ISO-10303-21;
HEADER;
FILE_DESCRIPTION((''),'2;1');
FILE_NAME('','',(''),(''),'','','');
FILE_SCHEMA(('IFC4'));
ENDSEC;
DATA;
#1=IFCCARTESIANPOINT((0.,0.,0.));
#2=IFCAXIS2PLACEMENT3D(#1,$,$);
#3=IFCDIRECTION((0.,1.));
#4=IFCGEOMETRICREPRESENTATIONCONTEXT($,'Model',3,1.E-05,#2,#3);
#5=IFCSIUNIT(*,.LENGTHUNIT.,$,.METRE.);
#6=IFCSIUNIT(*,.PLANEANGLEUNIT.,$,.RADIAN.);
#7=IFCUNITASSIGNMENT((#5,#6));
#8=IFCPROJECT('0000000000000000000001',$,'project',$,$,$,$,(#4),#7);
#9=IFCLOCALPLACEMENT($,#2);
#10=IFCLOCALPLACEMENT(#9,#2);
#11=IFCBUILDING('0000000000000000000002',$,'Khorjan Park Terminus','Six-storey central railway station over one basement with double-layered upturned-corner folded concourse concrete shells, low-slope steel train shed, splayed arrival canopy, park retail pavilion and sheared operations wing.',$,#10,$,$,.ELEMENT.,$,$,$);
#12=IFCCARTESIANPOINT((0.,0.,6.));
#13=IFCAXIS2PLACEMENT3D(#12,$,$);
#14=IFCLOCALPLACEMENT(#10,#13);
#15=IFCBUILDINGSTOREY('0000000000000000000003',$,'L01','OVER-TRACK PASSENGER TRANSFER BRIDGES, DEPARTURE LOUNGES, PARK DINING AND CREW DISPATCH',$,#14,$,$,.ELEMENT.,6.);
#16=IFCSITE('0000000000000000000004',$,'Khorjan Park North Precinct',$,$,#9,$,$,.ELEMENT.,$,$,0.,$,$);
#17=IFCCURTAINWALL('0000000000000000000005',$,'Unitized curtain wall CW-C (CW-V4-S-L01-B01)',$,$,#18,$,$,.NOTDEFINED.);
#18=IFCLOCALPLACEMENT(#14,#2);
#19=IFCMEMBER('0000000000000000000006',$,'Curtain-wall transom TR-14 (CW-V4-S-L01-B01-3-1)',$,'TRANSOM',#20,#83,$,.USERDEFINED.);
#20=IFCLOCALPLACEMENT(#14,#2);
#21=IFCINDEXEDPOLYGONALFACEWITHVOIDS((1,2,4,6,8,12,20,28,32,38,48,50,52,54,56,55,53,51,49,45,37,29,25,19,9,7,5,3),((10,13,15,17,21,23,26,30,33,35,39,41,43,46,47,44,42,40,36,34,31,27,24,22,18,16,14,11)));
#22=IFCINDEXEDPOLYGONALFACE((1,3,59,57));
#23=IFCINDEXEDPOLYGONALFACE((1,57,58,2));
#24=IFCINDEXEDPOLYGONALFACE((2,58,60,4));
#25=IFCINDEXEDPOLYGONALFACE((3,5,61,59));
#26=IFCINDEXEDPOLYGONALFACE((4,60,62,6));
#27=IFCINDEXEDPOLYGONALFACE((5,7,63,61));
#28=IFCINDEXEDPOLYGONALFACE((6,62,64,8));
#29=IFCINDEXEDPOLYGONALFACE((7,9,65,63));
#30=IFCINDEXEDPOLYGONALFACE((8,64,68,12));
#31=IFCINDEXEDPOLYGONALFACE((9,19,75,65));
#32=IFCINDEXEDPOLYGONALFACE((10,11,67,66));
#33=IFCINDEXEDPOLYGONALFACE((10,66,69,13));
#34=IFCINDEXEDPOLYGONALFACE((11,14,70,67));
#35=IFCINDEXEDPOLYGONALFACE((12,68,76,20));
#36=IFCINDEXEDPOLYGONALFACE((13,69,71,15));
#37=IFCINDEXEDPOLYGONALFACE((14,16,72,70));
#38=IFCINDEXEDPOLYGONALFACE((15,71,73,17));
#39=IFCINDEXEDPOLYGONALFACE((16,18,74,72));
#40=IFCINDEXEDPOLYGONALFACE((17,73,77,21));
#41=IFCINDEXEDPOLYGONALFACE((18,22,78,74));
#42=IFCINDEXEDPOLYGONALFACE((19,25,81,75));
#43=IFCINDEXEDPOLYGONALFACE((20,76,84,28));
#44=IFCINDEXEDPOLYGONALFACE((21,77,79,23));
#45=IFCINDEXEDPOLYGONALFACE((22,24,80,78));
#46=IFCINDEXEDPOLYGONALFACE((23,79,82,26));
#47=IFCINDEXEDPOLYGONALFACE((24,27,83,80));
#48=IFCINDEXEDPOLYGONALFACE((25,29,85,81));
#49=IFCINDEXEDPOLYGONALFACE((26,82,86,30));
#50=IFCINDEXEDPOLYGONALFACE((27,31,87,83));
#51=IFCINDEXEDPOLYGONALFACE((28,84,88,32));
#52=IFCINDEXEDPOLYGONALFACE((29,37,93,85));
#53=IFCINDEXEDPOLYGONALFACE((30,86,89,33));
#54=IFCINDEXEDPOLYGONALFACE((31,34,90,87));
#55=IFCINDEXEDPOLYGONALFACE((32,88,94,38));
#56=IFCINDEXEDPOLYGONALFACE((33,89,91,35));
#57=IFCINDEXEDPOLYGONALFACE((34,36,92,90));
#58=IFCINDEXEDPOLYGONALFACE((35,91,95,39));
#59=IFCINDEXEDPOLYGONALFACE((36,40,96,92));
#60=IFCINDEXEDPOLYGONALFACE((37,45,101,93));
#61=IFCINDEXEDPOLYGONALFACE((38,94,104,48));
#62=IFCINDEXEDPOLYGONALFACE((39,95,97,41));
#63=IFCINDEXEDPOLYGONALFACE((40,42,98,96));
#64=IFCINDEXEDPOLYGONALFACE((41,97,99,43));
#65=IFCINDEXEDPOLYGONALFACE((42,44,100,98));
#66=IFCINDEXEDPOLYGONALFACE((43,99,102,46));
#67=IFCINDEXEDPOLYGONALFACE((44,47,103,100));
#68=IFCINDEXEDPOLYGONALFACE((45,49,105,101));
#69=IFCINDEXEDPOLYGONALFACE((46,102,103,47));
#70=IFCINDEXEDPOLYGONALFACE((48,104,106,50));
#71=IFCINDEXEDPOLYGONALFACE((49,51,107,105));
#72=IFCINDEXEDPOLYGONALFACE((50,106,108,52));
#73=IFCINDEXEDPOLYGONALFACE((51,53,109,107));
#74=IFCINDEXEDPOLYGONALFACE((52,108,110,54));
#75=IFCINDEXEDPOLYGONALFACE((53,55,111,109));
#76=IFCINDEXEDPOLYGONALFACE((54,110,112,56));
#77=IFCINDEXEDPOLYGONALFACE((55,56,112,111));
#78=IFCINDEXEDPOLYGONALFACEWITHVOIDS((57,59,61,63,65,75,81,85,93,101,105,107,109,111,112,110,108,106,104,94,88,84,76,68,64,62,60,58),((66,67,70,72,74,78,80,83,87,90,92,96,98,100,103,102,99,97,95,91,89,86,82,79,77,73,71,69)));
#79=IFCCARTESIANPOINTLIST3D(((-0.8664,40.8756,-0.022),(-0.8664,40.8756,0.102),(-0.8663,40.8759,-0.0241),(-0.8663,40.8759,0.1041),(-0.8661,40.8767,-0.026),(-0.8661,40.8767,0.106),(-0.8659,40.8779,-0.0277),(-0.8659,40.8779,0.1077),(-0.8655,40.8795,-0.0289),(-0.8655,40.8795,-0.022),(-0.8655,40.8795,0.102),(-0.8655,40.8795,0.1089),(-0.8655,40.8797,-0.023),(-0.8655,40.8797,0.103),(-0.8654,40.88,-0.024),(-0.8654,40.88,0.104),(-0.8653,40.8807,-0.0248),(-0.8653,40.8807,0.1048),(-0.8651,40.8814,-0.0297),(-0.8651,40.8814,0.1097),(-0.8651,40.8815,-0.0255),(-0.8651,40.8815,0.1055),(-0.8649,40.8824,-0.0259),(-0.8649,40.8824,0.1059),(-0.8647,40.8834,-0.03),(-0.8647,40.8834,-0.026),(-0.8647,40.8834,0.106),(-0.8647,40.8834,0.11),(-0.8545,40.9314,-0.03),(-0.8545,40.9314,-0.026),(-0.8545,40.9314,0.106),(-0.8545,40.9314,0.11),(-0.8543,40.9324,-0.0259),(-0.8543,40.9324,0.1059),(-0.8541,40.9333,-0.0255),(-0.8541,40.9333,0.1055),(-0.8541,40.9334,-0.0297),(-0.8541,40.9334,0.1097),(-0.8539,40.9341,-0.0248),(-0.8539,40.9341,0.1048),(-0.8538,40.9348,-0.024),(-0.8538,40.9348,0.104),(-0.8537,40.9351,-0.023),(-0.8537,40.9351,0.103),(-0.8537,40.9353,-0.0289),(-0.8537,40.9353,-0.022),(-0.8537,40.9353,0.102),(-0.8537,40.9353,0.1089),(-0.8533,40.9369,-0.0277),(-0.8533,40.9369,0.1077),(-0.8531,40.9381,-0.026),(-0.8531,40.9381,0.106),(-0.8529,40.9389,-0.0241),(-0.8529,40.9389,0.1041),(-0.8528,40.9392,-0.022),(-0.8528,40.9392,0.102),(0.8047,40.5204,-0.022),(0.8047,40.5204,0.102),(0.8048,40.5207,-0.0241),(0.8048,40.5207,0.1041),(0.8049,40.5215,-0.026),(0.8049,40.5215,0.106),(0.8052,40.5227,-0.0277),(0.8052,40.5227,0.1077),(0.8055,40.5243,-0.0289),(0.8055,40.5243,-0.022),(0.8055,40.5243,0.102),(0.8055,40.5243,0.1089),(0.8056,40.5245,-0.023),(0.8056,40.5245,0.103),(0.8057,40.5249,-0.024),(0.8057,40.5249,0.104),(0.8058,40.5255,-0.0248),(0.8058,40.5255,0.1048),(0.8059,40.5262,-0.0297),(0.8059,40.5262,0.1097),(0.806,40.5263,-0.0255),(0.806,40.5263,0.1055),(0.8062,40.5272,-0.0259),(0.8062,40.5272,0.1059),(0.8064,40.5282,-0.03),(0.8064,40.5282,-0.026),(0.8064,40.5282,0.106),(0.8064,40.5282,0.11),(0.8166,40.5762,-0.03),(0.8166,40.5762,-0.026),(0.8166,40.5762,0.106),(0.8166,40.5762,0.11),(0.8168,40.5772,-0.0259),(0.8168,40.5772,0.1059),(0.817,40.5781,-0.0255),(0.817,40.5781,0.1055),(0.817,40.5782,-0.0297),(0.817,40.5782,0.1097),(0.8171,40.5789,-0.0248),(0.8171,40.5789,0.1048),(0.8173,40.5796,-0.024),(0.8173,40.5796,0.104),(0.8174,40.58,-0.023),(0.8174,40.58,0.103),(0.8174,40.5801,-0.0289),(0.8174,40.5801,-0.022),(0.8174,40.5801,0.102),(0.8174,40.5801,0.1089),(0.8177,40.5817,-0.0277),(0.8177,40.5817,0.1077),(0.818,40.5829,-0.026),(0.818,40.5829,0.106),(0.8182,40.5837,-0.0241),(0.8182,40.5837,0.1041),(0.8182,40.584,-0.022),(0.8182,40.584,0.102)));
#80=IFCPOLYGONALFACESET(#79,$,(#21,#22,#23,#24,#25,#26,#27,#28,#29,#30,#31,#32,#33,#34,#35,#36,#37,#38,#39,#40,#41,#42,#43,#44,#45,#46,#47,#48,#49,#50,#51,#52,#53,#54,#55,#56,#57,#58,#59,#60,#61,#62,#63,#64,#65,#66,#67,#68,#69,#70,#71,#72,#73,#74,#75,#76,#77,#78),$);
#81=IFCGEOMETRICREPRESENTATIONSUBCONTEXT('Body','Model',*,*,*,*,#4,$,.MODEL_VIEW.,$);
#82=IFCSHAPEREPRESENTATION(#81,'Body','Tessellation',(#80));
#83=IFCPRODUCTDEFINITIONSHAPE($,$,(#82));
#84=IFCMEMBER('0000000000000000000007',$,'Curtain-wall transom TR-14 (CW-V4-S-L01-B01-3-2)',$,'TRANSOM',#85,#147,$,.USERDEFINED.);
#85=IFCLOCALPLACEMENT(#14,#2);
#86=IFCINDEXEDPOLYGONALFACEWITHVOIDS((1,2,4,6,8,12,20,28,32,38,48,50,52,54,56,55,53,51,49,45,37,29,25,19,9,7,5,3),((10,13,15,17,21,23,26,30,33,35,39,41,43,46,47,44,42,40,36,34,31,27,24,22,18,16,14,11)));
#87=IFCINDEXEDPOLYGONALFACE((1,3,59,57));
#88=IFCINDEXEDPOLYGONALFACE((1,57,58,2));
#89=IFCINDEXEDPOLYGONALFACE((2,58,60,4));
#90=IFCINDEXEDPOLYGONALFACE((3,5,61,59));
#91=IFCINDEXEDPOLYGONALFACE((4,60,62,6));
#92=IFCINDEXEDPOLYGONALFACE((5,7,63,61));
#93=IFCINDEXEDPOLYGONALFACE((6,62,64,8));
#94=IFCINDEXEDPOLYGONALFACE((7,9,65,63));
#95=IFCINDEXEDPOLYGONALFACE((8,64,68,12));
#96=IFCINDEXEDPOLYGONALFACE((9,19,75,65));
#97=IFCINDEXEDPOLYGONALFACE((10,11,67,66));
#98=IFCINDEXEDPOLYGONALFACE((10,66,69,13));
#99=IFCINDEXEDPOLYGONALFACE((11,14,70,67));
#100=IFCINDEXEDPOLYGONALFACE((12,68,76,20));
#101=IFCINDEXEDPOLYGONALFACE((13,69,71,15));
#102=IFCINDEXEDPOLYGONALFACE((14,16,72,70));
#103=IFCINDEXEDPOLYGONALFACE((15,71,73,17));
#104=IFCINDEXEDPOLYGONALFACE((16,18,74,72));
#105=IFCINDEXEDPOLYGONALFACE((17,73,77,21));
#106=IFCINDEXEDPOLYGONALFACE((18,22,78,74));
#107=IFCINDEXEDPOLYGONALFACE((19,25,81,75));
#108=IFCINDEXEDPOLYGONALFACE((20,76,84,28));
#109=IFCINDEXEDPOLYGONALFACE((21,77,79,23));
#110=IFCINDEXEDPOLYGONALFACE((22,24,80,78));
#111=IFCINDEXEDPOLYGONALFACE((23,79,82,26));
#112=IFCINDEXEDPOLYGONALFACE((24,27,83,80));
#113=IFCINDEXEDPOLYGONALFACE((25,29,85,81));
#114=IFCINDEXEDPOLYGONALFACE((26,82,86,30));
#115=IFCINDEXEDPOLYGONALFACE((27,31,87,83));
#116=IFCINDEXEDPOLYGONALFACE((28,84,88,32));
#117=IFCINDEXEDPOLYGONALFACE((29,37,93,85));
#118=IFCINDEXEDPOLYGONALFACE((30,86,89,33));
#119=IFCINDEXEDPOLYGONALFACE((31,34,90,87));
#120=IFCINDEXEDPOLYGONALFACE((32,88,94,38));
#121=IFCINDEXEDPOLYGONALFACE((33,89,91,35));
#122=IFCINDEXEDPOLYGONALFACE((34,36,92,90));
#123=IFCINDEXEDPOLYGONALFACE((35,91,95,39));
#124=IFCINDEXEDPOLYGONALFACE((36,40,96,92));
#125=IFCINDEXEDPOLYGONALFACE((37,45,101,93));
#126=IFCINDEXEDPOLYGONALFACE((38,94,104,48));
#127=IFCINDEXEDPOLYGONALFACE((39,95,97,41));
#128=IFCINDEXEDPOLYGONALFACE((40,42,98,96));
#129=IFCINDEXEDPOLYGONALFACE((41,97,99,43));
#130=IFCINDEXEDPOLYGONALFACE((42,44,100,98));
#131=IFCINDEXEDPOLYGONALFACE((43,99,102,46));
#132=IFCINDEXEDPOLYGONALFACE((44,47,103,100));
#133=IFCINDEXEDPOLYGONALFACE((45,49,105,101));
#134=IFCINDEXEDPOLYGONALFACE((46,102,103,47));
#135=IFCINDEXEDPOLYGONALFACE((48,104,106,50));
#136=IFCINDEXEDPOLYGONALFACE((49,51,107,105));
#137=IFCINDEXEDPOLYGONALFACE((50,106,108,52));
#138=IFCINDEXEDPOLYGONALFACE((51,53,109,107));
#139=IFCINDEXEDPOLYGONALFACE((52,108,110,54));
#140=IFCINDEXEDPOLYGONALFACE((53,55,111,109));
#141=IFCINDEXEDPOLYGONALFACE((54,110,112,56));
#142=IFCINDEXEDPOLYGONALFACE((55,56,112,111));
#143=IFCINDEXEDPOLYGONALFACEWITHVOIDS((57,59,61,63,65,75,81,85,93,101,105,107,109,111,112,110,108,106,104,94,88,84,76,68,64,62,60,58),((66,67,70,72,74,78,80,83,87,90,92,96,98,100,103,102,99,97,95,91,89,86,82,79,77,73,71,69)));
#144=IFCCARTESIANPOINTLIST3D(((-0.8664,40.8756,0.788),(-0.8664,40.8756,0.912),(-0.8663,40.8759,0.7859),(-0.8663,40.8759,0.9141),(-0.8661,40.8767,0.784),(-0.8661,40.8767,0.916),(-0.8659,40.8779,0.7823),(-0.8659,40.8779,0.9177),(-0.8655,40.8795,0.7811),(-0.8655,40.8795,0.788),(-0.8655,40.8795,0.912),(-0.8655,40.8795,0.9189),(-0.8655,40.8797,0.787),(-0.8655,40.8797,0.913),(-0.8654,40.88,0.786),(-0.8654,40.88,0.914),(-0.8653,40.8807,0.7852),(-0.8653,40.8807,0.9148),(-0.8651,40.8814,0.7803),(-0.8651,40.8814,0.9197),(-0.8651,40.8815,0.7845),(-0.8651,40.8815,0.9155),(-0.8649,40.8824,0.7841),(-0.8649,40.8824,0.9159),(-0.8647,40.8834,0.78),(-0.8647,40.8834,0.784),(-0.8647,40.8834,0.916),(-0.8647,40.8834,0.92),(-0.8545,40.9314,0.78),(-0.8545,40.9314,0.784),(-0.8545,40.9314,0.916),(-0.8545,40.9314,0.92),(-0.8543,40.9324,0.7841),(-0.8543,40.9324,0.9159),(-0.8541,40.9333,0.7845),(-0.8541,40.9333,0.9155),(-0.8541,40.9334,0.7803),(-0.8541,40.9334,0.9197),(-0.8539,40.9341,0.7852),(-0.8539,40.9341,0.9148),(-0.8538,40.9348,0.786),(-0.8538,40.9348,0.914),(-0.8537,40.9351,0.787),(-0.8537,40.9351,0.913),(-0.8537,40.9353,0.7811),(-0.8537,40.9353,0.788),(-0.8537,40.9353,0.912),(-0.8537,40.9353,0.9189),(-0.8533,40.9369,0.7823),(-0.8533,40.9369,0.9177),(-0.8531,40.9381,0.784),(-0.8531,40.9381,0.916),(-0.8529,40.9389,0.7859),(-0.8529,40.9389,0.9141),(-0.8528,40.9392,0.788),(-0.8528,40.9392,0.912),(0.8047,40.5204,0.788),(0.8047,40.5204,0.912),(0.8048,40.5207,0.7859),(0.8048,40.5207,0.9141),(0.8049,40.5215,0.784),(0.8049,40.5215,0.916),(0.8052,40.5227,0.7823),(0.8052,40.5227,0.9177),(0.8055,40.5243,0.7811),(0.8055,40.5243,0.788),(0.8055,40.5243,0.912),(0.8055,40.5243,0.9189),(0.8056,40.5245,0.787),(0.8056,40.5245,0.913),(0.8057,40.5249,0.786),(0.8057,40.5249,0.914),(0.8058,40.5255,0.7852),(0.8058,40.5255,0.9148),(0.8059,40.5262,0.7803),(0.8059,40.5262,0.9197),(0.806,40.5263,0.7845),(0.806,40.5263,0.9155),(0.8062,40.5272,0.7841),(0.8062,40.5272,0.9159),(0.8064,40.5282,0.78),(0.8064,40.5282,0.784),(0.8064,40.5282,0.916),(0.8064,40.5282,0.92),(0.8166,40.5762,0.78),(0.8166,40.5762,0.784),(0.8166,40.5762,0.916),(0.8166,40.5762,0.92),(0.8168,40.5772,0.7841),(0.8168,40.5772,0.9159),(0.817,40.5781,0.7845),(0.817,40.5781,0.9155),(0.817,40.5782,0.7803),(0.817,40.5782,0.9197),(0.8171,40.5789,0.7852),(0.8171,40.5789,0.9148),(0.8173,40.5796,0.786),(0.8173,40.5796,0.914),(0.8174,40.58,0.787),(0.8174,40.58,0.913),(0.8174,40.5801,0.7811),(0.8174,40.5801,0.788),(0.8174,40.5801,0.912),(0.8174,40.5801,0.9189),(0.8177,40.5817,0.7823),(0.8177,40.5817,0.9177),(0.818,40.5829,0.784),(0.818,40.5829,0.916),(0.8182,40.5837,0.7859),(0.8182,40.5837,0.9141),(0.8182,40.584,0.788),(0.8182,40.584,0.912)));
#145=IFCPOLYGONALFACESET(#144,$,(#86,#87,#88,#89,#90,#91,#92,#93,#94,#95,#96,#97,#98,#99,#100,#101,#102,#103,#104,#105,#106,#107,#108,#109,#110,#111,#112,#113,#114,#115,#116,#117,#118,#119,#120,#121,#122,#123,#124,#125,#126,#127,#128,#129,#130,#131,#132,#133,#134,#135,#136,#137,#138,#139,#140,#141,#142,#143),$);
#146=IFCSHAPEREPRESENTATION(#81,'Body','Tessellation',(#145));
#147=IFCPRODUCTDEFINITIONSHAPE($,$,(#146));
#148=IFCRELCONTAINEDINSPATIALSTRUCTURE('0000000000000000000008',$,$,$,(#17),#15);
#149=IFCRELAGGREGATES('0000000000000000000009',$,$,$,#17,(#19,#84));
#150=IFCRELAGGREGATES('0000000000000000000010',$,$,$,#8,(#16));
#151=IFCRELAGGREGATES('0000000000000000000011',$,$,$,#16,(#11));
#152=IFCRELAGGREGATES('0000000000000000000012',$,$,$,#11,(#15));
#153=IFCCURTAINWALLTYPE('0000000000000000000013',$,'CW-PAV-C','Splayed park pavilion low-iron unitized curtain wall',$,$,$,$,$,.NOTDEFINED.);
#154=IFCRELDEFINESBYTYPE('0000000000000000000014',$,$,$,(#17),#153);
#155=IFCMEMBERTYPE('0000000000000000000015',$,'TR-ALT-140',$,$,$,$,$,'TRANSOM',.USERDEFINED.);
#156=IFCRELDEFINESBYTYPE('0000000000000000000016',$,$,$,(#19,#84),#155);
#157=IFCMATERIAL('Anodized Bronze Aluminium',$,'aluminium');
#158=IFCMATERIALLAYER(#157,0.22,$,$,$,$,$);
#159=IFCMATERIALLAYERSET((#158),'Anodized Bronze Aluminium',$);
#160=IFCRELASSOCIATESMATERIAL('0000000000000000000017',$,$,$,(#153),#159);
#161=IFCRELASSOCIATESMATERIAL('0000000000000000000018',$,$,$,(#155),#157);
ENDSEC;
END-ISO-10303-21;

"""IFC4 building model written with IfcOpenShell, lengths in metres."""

from ifc_helpers import new_model, si_unit, direction, frame, origin, origin_2d, place, context, subcontext, project, spatial, hollow_rectangle, extrude, material, layer, layer_set, material_profile, profile_set, type_object, element, aggregate, save


model = new_model("IFC4")

# Units and contexts
model_context = context("Model", 3, precision=1e-05, world=origin(), true_north=direction((0.0, 1.0)))
body_context = subcontext(model_context, "Body", "Model", "MODEL_VIEW")
ifc_project = project(units=[si_unit("LENGTHUNIT", "METRE"), si_unit("PLANEANGLEUNIT", "RADIAN")], contexts=[model_context])

# Site, building, storey
site_placement = place(None, origin())
site = spatial("IfcSite", under=ifc_project, at=site_placement, Name="Khorjan Park North Precinct", CompositionType="ELEMENT", RefElevation=0.0)
building_placement = place(site_placement, origin())
building = spatial("IfcBuilding", under=site, at=building_placement, Name="Khorjan Park Terminus", Description="Six-storey central railway station over one basement with double-layered upturned-corner folded concourse concrete shells, low-slope steel train shed, splayed arrival canopy, park retail pavilion and sheared operations wing.", CompositionType="ELEMENT")
storey_placement = place(building_placement, frame((0.0, 0.0, 6.0)))
storey = spatial("IfcBuildingStorey", under=building, at=storey_placement, Name="L01", Description="OVER-TRACK PASSENGER TRANSFER BRIDGES, DEPARTURE LOUNGES, PARK DINING AND CREW DISPATCH", CompositionType="ELEMENT", Elevation=6.0)

# Curtain wall, members
ifc_material_1 = material(Name="Anodized Bronze Aluminium", Category="aluminium")
ifc_layer_1 = layer(ifc_material_1, 0.22)
ifc_layer_set_1 = layer_set([ifc_layer_1], Name="Anodized Bronze Aluminium")
curtain_wall_type = type_object("IfcCurtainWallType", Name="CW-PAV-C", Description="Splayed park pavilion low-iron unitized curtain wall", PredefinedType="NOTDEFINED", material=ifc_layer_set_1)
curtain_wall_placement = place(storey_placement, origin())
curtain_wall = element("IfcCurtainWall", 1, at=curtain_wall_placement, inside=storey, type_object=curtain_wall_type, Name="Unitized curtain wall CW-C (CW-V4-S-L01-B01)", PredefinedType="NOTDEFINED")
ifc_material_profile_1 = material_profile(ifc_material_1, hollow_rectangle(XDim=0.065, YDim=0.14, WallThickness=0.004, InnerFilletRadius=0.004, OuterFilletRadius=0.008, at=origin_2d()), Name="ALT 65x140x4")
ifc_profile_set_1 = profile_set([ifc_material_profile_1], Name="Anodized Bronze Aluminium")
member_type_1 = type_object("IfcMemberType", Name="TR-ALT-140", ElementType="TRANSOM", PredefinedType="USERDEFINED", material=ifc_profile_set_1)
member_1_placement = place(storey_placement, frame((-0.8596, 40.9074, 0.04), z_axis=(0.978148, -0.20791, 0.0), x_axis=(0.20791, 0.978148, 0.0)))
member_1 = element("IfcMember", 2, at=member_1_placement, type_object=member_type_1, Name="Curtain-wall transom TR-14 (CW-V4-S-L01-B01-3-1)", ObjectType="TRANSOM", PredefinedType="USERDEFINED", context=body_context, shape_type="SweptSolid", body=[
    extrude(hollow_rectangle(XDim=0.065, YDim=0.14, WallThickness=0.004, InnerFilletRadius=0.004, OuterFilletRadius=0.008, at=origin_2d()), origin(), (0.0, 0.0, 1.0), 1.7084),
])
member_2_placement = place(storey_placement, frame((-0.8596, 40.9074, 0.85), z_axis=(0.978148, -0.20791, 0.0), x_axis=(0.20791, 0.978148, 0.0)))
member_2 = element("IfcMember", 3, at=member_2_placement, type_object=member_type_1, Name="Curtain-wall transom TR-14 (CW-V4-S-L01-B01-3-2)", ObjectType="TRANSOM", PredefinedType="USERDEFINED", context=body_context, shape_type="SweptSolid", body=[
    extrude(hollow_rectangle(XDim=0.065, YDim=0.14, WallThickness=0.004, InnerFilletRadius=0.004, OuterFilletRadius=0.008, at=origin_2d()), origin(), (0.0, 0.0, 1.0), 1.7084),
])
aggregate(curtain_wall, [member_1, member_2])

save(model, "model.ifc")
